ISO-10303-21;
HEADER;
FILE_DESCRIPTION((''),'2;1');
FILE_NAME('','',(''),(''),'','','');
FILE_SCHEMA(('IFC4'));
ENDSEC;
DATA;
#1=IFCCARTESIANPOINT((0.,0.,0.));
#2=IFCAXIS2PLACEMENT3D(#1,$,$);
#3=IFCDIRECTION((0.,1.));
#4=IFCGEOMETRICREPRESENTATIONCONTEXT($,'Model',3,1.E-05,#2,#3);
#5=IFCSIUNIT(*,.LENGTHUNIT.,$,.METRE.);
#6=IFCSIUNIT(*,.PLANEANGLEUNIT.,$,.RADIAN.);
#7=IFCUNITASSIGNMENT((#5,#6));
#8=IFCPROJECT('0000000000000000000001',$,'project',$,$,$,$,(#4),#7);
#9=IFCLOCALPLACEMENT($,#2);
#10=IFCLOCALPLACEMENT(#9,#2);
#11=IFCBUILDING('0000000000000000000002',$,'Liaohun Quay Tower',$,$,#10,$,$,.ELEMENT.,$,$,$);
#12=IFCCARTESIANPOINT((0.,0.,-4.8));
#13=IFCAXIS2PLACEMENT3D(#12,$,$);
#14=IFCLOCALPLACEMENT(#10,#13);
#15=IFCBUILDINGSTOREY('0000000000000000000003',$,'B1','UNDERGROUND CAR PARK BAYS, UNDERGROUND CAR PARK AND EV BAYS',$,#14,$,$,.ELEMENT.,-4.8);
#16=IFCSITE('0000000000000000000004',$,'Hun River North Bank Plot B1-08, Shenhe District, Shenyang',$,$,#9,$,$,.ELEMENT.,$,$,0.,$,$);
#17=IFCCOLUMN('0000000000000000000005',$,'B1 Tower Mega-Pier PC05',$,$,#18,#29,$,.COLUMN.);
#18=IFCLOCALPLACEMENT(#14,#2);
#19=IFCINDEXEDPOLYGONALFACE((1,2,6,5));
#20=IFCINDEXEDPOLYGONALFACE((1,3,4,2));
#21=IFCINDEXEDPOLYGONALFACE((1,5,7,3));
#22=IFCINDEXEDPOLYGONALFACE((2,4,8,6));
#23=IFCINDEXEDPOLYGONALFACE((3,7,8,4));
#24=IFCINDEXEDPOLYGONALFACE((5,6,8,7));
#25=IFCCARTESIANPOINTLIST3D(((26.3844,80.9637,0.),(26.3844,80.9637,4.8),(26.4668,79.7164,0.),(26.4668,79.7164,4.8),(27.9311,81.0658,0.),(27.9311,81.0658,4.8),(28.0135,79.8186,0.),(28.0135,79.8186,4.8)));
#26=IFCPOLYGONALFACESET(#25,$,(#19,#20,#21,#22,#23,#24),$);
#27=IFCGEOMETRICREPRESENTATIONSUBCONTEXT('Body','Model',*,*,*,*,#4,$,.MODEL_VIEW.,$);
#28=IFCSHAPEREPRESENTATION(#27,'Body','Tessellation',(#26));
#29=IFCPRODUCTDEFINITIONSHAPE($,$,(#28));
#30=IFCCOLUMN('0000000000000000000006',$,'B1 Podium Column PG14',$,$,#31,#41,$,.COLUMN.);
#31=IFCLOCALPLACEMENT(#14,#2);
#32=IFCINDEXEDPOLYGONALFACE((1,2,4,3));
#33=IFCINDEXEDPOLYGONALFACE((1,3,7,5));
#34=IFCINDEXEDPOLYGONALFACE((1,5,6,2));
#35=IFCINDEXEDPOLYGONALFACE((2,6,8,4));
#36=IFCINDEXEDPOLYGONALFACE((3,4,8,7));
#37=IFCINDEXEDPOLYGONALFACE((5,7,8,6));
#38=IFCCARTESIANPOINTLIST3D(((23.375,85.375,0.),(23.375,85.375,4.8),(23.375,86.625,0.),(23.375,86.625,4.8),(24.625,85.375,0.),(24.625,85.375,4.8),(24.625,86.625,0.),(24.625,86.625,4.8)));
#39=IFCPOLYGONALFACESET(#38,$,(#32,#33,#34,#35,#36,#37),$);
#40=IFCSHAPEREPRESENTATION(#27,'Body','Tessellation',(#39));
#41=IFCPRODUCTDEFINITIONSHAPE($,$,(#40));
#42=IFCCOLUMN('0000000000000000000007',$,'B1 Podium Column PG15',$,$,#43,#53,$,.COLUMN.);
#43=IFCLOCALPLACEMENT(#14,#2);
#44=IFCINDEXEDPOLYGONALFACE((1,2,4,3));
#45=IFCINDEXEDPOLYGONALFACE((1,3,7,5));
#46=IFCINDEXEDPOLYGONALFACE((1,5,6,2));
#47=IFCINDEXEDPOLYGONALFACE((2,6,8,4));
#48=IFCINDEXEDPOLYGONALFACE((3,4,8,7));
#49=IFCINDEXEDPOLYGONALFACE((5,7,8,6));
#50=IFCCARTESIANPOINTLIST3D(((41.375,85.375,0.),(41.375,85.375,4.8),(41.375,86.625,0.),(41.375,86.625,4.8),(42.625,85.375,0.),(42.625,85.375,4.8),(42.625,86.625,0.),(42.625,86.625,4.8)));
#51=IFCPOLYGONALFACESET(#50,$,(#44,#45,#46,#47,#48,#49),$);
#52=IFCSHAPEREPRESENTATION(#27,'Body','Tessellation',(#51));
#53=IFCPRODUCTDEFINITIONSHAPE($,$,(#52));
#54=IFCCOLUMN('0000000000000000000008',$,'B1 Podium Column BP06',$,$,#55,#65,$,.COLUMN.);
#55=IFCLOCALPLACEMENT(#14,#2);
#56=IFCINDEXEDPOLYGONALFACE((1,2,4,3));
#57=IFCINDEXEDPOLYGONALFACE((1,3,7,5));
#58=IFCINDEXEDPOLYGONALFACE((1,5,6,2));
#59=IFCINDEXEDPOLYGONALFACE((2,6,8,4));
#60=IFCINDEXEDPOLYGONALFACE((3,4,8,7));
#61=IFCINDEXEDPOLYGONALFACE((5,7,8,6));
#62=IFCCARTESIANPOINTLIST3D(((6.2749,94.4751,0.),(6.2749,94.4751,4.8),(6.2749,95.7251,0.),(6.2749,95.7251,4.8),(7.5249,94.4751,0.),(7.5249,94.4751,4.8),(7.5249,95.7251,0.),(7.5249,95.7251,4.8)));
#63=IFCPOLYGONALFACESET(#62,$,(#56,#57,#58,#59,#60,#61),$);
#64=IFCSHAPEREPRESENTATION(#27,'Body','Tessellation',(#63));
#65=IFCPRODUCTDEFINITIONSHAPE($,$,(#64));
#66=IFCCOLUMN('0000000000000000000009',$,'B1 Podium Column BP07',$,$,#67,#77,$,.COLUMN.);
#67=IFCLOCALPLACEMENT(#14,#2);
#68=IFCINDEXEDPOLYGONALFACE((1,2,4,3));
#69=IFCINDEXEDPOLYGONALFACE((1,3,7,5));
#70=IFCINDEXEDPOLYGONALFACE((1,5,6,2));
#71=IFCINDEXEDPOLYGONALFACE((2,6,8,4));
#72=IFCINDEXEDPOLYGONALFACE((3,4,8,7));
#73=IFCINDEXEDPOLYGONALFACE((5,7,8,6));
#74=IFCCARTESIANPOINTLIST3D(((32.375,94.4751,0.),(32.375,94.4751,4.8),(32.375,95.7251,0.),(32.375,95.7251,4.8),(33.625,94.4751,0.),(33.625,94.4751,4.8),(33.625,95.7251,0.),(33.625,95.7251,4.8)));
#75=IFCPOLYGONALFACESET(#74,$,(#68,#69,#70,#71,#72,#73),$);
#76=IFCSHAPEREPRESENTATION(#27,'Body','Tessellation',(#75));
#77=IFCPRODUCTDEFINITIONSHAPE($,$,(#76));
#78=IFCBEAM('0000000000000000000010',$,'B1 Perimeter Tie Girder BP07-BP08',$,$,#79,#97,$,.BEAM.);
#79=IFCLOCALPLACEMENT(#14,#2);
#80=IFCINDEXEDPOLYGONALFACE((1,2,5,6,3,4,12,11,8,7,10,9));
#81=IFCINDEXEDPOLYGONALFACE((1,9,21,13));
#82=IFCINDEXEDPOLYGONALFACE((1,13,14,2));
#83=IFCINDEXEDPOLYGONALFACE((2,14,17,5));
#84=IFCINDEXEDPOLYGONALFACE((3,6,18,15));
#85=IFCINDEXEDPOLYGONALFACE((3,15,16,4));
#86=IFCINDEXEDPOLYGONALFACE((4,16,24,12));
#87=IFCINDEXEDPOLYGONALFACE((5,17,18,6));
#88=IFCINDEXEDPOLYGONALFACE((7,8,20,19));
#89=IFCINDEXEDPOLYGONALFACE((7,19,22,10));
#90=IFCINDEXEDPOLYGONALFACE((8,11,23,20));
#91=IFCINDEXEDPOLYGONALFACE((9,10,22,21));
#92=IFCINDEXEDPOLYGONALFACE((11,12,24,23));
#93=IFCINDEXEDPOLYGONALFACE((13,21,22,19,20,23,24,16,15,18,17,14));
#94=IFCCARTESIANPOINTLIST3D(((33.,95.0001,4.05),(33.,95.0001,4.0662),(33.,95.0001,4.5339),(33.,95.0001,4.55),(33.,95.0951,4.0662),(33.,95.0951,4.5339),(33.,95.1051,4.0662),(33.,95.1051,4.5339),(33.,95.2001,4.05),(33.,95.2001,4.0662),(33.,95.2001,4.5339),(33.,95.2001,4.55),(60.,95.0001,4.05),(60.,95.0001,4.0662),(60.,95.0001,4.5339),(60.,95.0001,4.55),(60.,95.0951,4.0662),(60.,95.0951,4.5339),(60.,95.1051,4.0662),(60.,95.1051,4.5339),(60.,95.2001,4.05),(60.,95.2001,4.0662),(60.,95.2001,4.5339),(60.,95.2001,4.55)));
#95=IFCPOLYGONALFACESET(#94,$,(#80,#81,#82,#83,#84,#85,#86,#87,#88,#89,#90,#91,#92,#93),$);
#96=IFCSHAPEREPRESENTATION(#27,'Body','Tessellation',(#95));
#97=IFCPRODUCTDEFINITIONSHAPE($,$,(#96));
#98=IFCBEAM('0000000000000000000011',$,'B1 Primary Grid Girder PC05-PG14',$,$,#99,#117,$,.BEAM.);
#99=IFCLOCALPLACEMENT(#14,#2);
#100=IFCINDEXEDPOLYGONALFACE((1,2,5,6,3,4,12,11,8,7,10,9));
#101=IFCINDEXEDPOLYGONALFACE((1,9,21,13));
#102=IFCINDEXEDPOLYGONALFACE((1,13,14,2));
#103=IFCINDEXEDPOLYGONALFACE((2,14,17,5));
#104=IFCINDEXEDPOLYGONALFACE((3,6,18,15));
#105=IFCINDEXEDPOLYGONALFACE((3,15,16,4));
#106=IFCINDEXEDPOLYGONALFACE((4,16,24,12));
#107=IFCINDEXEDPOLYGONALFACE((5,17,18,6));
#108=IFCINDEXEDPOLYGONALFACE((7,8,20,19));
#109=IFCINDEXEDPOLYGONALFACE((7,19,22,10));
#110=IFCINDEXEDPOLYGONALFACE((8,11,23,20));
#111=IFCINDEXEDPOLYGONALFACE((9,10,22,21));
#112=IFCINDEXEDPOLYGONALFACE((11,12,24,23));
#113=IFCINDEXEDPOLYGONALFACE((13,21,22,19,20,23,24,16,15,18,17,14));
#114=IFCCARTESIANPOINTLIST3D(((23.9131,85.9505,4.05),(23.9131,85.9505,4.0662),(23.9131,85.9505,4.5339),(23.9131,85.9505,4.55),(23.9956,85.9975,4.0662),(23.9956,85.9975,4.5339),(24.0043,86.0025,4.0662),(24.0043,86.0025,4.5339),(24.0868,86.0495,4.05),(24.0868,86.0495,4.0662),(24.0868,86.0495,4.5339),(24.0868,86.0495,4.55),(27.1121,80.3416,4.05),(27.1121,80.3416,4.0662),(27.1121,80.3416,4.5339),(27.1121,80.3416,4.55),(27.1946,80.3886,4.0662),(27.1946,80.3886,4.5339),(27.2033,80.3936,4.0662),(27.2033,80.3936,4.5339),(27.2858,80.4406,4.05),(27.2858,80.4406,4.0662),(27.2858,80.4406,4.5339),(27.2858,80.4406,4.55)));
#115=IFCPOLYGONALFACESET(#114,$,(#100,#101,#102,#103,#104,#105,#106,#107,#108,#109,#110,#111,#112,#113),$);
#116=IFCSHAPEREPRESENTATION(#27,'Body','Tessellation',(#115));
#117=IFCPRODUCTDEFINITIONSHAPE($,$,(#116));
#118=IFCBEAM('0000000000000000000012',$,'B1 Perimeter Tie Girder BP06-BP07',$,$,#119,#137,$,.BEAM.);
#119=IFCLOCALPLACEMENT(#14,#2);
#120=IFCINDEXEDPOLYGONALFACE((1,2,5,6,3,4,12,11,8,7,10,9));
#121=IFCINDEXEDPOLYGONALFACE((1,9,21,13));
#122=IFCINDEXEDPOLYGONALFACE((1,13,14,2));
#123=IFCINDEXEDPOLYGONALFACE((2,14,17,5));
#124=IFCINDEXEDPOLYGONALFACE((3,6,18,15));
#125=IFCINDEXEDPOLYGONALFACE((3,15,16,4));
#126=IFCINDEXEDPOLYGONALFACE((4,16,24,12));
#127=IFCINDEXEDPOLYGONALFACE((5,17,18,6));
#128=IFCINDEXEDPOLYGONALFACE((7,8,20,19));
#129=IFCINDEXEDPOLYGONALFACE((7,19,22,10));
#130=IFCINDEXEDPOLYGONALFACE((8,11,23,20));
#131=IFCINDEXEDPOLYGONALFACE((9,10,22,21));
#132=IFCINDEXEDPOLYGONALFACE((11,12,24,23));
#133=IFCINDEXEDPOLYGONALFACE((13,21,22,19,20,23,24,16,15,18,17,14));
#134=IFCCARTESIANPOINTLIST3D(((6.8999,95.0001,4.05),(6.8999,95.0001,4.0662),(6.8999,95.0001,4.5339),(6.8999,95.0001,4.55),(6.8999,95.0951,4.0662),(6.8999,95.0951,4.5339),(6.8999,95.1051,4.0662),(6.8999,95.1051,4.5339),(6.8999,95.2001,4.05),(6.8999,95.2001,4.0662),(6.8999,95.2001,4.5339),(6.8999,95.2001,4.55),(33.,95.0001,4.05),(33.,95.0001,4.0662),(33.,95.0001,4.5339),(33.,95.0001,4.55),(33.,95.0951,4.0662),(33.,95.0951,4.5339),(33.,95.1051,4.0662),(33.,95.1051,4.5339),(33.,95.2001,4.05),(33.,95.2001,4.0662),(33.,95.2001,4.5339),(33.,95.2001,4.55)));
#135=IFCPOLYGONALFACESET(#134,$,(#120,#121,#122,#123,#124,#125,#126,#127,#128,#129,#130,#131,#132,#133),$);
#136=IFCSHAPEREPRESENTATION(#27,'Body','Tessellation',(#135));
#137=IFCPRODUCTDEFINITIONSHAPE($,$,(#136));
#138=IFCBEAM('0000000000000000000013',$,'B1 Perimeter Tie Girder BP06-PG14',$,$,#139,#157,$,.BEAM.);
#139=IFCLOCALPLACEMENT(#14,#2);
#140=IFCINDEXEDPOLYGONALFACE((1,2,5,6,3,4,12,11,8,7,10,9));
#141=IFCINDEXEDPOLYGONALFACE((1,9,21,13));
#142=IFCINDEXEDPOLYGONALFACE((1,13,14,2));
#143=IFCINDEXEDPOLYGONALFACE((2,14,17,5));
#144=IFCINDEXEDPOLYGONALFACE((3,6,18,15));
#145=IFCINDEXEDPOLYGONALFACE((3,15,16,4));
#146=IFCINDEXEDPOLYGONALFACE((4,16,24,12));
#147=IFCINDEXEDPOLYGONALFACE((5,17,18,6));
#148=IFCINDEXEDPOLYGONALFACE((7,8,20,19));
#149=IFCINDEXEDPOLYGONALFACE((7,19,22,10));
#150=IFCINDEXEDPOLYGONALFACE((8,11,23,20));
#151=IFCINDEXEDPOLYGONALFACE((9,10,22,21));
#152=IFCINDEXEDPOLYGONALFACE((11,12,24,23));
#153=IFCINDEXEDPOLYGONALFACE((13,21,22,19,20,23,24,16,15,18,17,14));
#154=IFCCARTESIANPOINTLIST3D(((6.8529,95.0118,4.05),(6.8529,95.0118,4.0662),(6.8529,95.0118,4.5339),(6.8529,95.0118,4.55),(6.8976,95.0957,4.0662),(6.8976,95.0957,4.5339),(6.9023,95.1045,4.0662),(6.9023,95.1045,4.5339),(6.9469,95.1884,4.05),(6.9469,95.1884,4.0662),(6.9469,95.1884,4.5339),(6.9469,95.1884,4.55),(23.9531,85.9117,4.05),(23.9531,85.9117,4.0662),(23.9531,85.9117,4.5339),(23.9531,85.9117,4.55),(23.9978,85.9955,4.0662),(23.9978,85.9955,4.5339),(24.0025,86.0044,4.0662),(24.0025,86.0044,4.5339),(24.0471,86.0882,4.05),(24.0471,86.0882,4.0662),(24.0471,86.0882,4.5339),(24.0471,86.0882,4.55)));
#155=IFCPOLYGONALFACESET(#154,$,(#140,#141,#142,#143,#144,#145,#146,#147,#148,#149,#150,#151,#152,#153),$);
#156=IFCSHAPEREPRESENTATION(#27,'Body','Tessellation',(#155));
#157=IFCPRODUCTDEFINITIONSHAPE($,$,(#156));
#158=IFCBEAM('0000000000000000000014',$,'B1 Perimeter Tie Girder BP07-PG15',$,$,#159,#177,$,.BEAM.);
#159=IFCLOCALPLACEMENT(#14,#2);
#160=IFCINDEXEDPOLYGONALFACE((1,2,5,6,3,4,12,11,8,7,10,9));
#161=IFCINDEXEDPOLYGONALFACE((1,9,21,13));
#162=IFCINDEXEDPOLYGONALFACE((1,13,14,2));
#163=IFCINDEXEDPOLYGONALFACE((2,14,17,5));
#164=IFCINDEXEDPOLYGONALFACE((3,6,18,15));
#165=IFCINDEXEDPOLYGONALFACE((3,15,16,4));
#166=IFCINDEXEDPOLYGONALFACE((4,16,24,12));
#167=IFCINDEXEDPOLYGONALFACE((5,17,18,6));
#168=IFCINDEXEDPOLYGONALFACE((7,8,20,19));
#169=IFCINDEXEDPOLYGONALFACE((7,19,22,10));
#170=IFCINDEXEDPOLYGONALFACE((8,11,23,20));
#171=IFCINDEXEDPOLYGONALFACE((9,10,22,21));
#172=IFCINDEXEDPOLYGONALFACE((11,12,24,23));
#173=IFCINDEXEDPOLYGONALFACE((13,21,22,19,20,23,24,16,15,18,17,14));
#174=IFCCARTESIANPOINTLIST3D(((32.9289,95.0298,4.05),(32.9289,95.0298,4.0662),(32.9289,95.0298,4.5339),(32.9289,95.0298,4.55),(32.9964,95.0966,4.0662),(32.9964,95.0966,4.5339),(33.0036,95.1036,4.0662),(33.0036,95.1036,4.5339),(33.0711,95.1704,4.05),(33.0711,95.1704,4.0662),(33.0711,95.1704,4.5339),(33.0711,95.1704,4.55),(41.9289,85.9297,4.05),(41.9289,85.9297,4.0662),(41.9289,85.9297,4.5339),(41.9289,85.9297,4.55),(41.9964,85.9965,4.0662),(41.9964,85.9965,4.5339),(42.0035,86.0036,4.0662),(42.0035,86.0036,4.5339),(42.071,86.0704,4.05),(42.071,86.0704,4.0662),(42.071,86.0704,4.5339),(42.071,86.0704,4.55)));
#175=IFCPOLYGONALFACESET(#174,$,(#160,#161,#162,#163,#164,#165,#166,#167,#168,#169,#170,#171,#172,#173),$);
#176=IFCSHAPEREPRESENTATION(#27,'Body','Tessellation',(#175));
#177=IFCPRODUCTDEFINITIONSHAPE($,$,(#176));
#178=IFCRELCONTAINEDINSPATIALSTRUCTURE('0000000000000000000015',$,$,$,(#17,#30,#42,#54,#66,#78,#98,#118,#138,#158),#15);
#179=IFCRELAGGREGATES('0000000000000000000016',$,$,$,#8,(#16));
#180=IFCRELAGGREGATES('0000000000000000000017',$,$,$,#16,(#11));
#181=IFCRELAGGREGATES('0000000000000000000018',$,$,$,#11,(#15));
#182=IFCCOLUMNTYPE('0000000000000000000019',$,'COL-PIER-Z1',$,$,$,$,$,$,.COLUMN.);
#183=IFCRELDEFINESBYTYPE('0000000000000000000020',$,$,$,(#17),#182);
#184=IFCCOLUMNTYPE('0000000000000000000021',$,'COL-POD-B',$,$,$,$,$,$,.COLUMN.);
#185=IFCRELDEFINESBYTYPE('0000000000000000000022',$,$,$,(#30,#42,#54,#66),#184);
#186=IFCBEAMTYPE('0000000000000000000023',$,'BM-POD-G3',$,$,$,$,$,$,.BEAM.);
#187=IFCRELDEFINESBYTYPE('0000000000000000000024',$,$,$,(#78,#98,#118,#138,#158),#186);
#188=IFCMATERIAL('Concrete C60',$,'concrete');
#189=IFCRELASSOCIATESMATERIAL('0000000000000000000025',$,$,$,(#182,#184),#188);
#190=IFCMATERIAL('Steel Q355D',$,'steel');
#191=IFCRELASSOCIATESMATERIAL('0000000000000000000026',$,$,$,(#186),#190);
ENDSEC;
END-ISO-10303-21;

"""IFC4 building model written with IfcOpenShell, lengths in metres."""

from ifc_helpers import new_model, si_unit, direction, frame, origin, origin_2d, place, context, subcontext, project, spatial, rectangle, i_section, extrude, source, transform, mapped, material, material_profile, profile_set, type_object, element, save


model = new_model("IFC4")

# Units and contexts
model_context = context("Model", 3, precision=1e-05, world=origin(), true_north=direction((0.0, 1.0)))
body_context = subcontext(model_context, "Body", "Model", "MODEL_VIEW")
ifc_project = project(units=[si_unit("LENGTHUNIT", "METRE"), si_unit("PLANEANGLEUNIT", "RADIAN")], contexts=[model_context])

# Site, building, storey
site_placement = place(None, origin())
site = spatial("IfcSite", under=ifc_project, at=site_placement, Name="Hun River North Bank Plot B1-08, Shenhe District, Shenyang", CompositionType="ELEMENT", RefElevation=0.0)
building_placement = place(site_placement, origin())
building = spatial("IfcBuilding", under=site, at=building_placement, Name="Liaohun Quay Tower", CompositionType="ELEMENT")
storey_placement = place(building_placement, frame((0.0, 0.0, -4.8)))
storey = spatial("IfcBuildingStorey", under=building, at=storey_placement, Name="B1", Description="UNDERGROUND CAR PARK BAYS, UNDERGROUND CAR PARK AND EV BAYS", CompositionType="ELEMENT", Elevation=-4.8)

# Columns
ifc_material_1 = material(Name="Concrete C60", Category="concrete")
ifc_material_profile_1 = material_profile(ifc_material_1, rectangle(XDim=1.55, YDim=1.25, at=origin_2d()), Name="RC1550x1250")
ifc_profile_set_1 = profile_set([ifc_material_profile_1], Name="Concrete C60")
column_type_1 = type_object("IfcColumnType", Name="COL-PIER-Z1", PredefinedType="COLUMN", material=ifc_profile_set_1)
shared_shape_1 = source(origin(), body_context, "Body", "SweptSolid", [
    extrude(rectangle(XDim=1.55, YDim=1.25, at=origin_2d()), origin(), (0.0, 0.0, 1.0), 4.8),
])
column_placement = place(storey_placement, frame((27.199, 80.3911, 0.0), z_axis=(0.0, 0.0, 1.0), x_axis=(0.997825, 0.065926, 0.0)))
element("IfcColumn", 1, at=column_placement, inside=storey, type_object=column_type_1, Name="B1 Tower Mega-Pier PC05", PredefinedType="COLUMN", context=body_context, shape_type="MappedRepresentation", body=[
    mapped(shared_shape_1, transform((0.0, 0.0, 0.0), x_axis=(1.0, 0.0, 0.0), y_axis=(0.0, 1.0, 0.0), z_axis=(0.0, 0.0, 1.0), scale=1.0)),
])
ifc_material_profile_2 = material_profile(ifc_material_1, rectangle(XDim=1.25, YDim=1.25, at=origin_2d()), Name="RC1250x1250")
ifc_profile_set_2 = profile_set([ifc_material_profile_2], Name="Concrete C60")
column_type_2 = type_object("IfcColumnType", Name="COL-POD-B", PredefinedType="COLUMN", material=ifc_profile_set_2)
shared_shape_2 = source(origin(), body_context, "Body", "SweptSolid", [
    extrude(rectangle(XDim=1.25, YDim=1.25, at=origin_2d()), origin(), (0.0, 0.0, 1.0), 4.8),
])
for number, where, z_axis, x_axis, name in (
    (2, (24.0, 86.0, 0.0), (0.0, 0.0, 1.0), (1.0, 0.0, 0.0), "B1 Podium Column PG14"),
    (3, (42.0, 86.0, 0.0), (0.0, 0.0, 1.0), (1.0, 0.0, 0.0), "B1 Podium Column PG15"),
    (4, (6.8999, 95.1001, 0.0), (0.0, 0.0, 1.0), (1.0, 0.0, 0.0), "B1 Podium Column BP06"),
    (5, (33.0, 95.1001, 0.0), (0.0, 0.0, 1.0), (1.0, 0.0, 0.0), "B1 Podium Column BP07"),
):
    element("IfcColumn", number, at=place(storey_placement, frame(where, z_axis=z_axis, x_axis=x_axis)), inside=storey, type_object=column_type_2, Name=name, PredefinedType="COLUMN", context=body_context, shape_type="MappedRepresentation", body=[
        mapped(shared_shape_2, transform((0.0, 0.0, 0.0), x_axis=(1.0, 0.0, 0.0), y_axis=(0.0, 1.0, 0.0), z_axis=(0.0, 0.0, 1.0), scale=1.0)),
    ])

# Beams
ifc_material_2 = material(Name="Steel Q355D", Category="steel")
ifc_material_profile_3 = material_profile(ifc_material_2, i_section(OverallWidth=0.2, OverallDepth=0.5, WebThickness=0.01, FlangeThickness=0.0161, at=origin_2d()), Name="HN500x200x10x16")
ifc_profile_set_3 = profile_set([ifc_material_profile_3], Name="Steel Q355D")
beam_type_1 = type_object("IfcBeamType", Name="BM-POD-G3", PredefinedType="BEAM", material=ifc_profile_set_3)
shared_shape_3 = source(origin(), body_context, "Body", "SweptSolid", [
    extrude(i_section(OverallWidth=0.2, OverallDepth=0.5, WebThickness=0.01, FlangeThickness=0.0161, at=origin_2d()), origin(), (0.0, 0.0, 1.0), 27.0),
])
beam_1_placement = place(storey_placement, frame((33.0, 95.1001, 4.3), z_axis=(1.0, 0.0, 0.0), x_axis=(0.0, 1.0, 0.0)))
element("IfcBeam", 6, at=beam_1_placement, inside=storey, type_object=beam_type_1, Name="B1 Perimeter Tie Girder BP07-BP08", PredefinedType="BEAM", context=body_context, shape_type="MappedRepresentation", body=[
    mapped(shared_shape_3, transform((0.0, 0.0, 0.0), x_axis=(1.0, 0.0, 0.0), y_axis=(0.0, 1.0, 0.0), z_axis=(0.0, 0.0, 1.0), scale=1.0)),
])
shared_shape_4 = source(origin(), body_context, "Body", "SweptSolid", [
    extrude(i_section(OverallWidth=0.2, OverallDepth=0.5, WebThickness=0.01, FlangeThickness=0.0161, at=origin_2d()), origin(), (0.0, 0.0, 1.0), 6.457),
])
beam_2_placement = place(storey_placement, frame((27.199, 80.3911, 4.3), z_axis=(-0.495426, 0.86865, 0.0), x_axis=(-0.86865, -0.495426, 0.0)))
element("IfcBeam", 7, at=beam_2_placement, inside=storey, type_object=beam_type_1, Name="B1 Primary Grid Girder PC05-PG14", PredefinedType="BEAM", context=body_context, shape_type="MappedRepresentation", body=[
    mapped(shared_shape_4, transform((0.0, 0.0, 0.0), x_axis=(1.0, 0.0, 0.0), y_axis=(0.0, 1.0, 0.0), z_axis=(0.0, 0.0, 1.0), scale=1.0)),
])
shared_shape_5 = source(origin(), body_context, "Body", "SweptSolid", [
    extrude(i_section(OverallWidth=0.2, OverallDepth=0.5, WebThickness=0.01, FlangeThickness=0.0161, at=origin_2d()), origin(), (0.0, 0.0, 1.0), 26.1001),
])
beam_3_placement = place(storey_placement, frame((6.8999, 95.1001, 4.3), z_axis=(1.0, 0.0, 0.0), x_axis=(0.0, 1.0, 0.0)))
element("IfcBeam", 8, at=beam_3_placement, inside=storey, type_object=beam_type_1, Name="B1 Perimeter Tie Girder BP06-BP07", PredefinedType="BEAM", context=body_context, shape_type="MappedRepresentation", body=[
    mapped(shared_shape_5, transform((0.0, 0.0, 0.0), x_axis=(1.0, 0.0, 0.0), y_axis=(0.0, 1.0, 0.0), z_axis=(0.0, 0.0, 1.0), scale=1.0)),
])
shared_shape_6 = source(origin(), body_context, "Body", "SweptSolid", [
    extrude(i_section(OverallWidth=0.2, OverallDepth=0.5, WebThickness=0.01, FlangeThickness=0.0161, at=origin_2d()), origin(), (0.0, 0.0, 1.0), 19.3708),
])
beam_4_placement = place(storey_placement, frame((6.8999, 95.1001, 4.3), z_axis=(0.88278, -0.469786, 0.0), x_axis=(0.469786, 0.88278, 0.0)))
element("IfcBeam", 9, at=beam_4_placement, inside=storey, type_object=beam_type_1, Name="B1 Perimeter Tie Girder BP06-PG14", PredefinedType="BEAM", context=body_context, shape_type="MappedRepresentation", body=[
    mapped(shared_shape_6, transform((0.0, 0.0, 0.0), x_axis=(1.0, 0.0, 0.0), y_axis=(0.0, 1.0, 0.0), z_axis=(0.0, 0.0, 1.0), scale=1.0)),
])
shared_shape_7 = source(origin(), body_context, "Body", "SweptSolid", [
    extrude(i_section(OverallWidth=0.2, OverallDepth=0.5, WebThickness=0.01, FlangeThickness=0.0161, at=origin_2d()), origin(), (0.0, 0.0, 1.0), 12.7988),
])
beam_5_placement = place(storey_placement, frame((33.0, 95.1001, 4.3), z_axis=(0.703186, -0.711006, 0.0), x_axis=(0.711006, 0.703186, 0.0)))
element("IfcBeam", 10, at=beam_5_placement, inside=storey, type_object=beam_type_1, Name="B1 Perimeter Tie Girder BP07-PG15", PredefinedType="BEAM", context=body_context, shape_type="MappedRepresentation", body=[
    mapped(shared_shape_7, transform((0.0, 0.0, 0.0), x_axis=(1.0, 0.0, 0.0), y_axis=(0.0, 1.0, 0.0), z_axis=(0.0, 0.0, 1.0), scale=1.0)),
])

save(model, "model.ifc")
